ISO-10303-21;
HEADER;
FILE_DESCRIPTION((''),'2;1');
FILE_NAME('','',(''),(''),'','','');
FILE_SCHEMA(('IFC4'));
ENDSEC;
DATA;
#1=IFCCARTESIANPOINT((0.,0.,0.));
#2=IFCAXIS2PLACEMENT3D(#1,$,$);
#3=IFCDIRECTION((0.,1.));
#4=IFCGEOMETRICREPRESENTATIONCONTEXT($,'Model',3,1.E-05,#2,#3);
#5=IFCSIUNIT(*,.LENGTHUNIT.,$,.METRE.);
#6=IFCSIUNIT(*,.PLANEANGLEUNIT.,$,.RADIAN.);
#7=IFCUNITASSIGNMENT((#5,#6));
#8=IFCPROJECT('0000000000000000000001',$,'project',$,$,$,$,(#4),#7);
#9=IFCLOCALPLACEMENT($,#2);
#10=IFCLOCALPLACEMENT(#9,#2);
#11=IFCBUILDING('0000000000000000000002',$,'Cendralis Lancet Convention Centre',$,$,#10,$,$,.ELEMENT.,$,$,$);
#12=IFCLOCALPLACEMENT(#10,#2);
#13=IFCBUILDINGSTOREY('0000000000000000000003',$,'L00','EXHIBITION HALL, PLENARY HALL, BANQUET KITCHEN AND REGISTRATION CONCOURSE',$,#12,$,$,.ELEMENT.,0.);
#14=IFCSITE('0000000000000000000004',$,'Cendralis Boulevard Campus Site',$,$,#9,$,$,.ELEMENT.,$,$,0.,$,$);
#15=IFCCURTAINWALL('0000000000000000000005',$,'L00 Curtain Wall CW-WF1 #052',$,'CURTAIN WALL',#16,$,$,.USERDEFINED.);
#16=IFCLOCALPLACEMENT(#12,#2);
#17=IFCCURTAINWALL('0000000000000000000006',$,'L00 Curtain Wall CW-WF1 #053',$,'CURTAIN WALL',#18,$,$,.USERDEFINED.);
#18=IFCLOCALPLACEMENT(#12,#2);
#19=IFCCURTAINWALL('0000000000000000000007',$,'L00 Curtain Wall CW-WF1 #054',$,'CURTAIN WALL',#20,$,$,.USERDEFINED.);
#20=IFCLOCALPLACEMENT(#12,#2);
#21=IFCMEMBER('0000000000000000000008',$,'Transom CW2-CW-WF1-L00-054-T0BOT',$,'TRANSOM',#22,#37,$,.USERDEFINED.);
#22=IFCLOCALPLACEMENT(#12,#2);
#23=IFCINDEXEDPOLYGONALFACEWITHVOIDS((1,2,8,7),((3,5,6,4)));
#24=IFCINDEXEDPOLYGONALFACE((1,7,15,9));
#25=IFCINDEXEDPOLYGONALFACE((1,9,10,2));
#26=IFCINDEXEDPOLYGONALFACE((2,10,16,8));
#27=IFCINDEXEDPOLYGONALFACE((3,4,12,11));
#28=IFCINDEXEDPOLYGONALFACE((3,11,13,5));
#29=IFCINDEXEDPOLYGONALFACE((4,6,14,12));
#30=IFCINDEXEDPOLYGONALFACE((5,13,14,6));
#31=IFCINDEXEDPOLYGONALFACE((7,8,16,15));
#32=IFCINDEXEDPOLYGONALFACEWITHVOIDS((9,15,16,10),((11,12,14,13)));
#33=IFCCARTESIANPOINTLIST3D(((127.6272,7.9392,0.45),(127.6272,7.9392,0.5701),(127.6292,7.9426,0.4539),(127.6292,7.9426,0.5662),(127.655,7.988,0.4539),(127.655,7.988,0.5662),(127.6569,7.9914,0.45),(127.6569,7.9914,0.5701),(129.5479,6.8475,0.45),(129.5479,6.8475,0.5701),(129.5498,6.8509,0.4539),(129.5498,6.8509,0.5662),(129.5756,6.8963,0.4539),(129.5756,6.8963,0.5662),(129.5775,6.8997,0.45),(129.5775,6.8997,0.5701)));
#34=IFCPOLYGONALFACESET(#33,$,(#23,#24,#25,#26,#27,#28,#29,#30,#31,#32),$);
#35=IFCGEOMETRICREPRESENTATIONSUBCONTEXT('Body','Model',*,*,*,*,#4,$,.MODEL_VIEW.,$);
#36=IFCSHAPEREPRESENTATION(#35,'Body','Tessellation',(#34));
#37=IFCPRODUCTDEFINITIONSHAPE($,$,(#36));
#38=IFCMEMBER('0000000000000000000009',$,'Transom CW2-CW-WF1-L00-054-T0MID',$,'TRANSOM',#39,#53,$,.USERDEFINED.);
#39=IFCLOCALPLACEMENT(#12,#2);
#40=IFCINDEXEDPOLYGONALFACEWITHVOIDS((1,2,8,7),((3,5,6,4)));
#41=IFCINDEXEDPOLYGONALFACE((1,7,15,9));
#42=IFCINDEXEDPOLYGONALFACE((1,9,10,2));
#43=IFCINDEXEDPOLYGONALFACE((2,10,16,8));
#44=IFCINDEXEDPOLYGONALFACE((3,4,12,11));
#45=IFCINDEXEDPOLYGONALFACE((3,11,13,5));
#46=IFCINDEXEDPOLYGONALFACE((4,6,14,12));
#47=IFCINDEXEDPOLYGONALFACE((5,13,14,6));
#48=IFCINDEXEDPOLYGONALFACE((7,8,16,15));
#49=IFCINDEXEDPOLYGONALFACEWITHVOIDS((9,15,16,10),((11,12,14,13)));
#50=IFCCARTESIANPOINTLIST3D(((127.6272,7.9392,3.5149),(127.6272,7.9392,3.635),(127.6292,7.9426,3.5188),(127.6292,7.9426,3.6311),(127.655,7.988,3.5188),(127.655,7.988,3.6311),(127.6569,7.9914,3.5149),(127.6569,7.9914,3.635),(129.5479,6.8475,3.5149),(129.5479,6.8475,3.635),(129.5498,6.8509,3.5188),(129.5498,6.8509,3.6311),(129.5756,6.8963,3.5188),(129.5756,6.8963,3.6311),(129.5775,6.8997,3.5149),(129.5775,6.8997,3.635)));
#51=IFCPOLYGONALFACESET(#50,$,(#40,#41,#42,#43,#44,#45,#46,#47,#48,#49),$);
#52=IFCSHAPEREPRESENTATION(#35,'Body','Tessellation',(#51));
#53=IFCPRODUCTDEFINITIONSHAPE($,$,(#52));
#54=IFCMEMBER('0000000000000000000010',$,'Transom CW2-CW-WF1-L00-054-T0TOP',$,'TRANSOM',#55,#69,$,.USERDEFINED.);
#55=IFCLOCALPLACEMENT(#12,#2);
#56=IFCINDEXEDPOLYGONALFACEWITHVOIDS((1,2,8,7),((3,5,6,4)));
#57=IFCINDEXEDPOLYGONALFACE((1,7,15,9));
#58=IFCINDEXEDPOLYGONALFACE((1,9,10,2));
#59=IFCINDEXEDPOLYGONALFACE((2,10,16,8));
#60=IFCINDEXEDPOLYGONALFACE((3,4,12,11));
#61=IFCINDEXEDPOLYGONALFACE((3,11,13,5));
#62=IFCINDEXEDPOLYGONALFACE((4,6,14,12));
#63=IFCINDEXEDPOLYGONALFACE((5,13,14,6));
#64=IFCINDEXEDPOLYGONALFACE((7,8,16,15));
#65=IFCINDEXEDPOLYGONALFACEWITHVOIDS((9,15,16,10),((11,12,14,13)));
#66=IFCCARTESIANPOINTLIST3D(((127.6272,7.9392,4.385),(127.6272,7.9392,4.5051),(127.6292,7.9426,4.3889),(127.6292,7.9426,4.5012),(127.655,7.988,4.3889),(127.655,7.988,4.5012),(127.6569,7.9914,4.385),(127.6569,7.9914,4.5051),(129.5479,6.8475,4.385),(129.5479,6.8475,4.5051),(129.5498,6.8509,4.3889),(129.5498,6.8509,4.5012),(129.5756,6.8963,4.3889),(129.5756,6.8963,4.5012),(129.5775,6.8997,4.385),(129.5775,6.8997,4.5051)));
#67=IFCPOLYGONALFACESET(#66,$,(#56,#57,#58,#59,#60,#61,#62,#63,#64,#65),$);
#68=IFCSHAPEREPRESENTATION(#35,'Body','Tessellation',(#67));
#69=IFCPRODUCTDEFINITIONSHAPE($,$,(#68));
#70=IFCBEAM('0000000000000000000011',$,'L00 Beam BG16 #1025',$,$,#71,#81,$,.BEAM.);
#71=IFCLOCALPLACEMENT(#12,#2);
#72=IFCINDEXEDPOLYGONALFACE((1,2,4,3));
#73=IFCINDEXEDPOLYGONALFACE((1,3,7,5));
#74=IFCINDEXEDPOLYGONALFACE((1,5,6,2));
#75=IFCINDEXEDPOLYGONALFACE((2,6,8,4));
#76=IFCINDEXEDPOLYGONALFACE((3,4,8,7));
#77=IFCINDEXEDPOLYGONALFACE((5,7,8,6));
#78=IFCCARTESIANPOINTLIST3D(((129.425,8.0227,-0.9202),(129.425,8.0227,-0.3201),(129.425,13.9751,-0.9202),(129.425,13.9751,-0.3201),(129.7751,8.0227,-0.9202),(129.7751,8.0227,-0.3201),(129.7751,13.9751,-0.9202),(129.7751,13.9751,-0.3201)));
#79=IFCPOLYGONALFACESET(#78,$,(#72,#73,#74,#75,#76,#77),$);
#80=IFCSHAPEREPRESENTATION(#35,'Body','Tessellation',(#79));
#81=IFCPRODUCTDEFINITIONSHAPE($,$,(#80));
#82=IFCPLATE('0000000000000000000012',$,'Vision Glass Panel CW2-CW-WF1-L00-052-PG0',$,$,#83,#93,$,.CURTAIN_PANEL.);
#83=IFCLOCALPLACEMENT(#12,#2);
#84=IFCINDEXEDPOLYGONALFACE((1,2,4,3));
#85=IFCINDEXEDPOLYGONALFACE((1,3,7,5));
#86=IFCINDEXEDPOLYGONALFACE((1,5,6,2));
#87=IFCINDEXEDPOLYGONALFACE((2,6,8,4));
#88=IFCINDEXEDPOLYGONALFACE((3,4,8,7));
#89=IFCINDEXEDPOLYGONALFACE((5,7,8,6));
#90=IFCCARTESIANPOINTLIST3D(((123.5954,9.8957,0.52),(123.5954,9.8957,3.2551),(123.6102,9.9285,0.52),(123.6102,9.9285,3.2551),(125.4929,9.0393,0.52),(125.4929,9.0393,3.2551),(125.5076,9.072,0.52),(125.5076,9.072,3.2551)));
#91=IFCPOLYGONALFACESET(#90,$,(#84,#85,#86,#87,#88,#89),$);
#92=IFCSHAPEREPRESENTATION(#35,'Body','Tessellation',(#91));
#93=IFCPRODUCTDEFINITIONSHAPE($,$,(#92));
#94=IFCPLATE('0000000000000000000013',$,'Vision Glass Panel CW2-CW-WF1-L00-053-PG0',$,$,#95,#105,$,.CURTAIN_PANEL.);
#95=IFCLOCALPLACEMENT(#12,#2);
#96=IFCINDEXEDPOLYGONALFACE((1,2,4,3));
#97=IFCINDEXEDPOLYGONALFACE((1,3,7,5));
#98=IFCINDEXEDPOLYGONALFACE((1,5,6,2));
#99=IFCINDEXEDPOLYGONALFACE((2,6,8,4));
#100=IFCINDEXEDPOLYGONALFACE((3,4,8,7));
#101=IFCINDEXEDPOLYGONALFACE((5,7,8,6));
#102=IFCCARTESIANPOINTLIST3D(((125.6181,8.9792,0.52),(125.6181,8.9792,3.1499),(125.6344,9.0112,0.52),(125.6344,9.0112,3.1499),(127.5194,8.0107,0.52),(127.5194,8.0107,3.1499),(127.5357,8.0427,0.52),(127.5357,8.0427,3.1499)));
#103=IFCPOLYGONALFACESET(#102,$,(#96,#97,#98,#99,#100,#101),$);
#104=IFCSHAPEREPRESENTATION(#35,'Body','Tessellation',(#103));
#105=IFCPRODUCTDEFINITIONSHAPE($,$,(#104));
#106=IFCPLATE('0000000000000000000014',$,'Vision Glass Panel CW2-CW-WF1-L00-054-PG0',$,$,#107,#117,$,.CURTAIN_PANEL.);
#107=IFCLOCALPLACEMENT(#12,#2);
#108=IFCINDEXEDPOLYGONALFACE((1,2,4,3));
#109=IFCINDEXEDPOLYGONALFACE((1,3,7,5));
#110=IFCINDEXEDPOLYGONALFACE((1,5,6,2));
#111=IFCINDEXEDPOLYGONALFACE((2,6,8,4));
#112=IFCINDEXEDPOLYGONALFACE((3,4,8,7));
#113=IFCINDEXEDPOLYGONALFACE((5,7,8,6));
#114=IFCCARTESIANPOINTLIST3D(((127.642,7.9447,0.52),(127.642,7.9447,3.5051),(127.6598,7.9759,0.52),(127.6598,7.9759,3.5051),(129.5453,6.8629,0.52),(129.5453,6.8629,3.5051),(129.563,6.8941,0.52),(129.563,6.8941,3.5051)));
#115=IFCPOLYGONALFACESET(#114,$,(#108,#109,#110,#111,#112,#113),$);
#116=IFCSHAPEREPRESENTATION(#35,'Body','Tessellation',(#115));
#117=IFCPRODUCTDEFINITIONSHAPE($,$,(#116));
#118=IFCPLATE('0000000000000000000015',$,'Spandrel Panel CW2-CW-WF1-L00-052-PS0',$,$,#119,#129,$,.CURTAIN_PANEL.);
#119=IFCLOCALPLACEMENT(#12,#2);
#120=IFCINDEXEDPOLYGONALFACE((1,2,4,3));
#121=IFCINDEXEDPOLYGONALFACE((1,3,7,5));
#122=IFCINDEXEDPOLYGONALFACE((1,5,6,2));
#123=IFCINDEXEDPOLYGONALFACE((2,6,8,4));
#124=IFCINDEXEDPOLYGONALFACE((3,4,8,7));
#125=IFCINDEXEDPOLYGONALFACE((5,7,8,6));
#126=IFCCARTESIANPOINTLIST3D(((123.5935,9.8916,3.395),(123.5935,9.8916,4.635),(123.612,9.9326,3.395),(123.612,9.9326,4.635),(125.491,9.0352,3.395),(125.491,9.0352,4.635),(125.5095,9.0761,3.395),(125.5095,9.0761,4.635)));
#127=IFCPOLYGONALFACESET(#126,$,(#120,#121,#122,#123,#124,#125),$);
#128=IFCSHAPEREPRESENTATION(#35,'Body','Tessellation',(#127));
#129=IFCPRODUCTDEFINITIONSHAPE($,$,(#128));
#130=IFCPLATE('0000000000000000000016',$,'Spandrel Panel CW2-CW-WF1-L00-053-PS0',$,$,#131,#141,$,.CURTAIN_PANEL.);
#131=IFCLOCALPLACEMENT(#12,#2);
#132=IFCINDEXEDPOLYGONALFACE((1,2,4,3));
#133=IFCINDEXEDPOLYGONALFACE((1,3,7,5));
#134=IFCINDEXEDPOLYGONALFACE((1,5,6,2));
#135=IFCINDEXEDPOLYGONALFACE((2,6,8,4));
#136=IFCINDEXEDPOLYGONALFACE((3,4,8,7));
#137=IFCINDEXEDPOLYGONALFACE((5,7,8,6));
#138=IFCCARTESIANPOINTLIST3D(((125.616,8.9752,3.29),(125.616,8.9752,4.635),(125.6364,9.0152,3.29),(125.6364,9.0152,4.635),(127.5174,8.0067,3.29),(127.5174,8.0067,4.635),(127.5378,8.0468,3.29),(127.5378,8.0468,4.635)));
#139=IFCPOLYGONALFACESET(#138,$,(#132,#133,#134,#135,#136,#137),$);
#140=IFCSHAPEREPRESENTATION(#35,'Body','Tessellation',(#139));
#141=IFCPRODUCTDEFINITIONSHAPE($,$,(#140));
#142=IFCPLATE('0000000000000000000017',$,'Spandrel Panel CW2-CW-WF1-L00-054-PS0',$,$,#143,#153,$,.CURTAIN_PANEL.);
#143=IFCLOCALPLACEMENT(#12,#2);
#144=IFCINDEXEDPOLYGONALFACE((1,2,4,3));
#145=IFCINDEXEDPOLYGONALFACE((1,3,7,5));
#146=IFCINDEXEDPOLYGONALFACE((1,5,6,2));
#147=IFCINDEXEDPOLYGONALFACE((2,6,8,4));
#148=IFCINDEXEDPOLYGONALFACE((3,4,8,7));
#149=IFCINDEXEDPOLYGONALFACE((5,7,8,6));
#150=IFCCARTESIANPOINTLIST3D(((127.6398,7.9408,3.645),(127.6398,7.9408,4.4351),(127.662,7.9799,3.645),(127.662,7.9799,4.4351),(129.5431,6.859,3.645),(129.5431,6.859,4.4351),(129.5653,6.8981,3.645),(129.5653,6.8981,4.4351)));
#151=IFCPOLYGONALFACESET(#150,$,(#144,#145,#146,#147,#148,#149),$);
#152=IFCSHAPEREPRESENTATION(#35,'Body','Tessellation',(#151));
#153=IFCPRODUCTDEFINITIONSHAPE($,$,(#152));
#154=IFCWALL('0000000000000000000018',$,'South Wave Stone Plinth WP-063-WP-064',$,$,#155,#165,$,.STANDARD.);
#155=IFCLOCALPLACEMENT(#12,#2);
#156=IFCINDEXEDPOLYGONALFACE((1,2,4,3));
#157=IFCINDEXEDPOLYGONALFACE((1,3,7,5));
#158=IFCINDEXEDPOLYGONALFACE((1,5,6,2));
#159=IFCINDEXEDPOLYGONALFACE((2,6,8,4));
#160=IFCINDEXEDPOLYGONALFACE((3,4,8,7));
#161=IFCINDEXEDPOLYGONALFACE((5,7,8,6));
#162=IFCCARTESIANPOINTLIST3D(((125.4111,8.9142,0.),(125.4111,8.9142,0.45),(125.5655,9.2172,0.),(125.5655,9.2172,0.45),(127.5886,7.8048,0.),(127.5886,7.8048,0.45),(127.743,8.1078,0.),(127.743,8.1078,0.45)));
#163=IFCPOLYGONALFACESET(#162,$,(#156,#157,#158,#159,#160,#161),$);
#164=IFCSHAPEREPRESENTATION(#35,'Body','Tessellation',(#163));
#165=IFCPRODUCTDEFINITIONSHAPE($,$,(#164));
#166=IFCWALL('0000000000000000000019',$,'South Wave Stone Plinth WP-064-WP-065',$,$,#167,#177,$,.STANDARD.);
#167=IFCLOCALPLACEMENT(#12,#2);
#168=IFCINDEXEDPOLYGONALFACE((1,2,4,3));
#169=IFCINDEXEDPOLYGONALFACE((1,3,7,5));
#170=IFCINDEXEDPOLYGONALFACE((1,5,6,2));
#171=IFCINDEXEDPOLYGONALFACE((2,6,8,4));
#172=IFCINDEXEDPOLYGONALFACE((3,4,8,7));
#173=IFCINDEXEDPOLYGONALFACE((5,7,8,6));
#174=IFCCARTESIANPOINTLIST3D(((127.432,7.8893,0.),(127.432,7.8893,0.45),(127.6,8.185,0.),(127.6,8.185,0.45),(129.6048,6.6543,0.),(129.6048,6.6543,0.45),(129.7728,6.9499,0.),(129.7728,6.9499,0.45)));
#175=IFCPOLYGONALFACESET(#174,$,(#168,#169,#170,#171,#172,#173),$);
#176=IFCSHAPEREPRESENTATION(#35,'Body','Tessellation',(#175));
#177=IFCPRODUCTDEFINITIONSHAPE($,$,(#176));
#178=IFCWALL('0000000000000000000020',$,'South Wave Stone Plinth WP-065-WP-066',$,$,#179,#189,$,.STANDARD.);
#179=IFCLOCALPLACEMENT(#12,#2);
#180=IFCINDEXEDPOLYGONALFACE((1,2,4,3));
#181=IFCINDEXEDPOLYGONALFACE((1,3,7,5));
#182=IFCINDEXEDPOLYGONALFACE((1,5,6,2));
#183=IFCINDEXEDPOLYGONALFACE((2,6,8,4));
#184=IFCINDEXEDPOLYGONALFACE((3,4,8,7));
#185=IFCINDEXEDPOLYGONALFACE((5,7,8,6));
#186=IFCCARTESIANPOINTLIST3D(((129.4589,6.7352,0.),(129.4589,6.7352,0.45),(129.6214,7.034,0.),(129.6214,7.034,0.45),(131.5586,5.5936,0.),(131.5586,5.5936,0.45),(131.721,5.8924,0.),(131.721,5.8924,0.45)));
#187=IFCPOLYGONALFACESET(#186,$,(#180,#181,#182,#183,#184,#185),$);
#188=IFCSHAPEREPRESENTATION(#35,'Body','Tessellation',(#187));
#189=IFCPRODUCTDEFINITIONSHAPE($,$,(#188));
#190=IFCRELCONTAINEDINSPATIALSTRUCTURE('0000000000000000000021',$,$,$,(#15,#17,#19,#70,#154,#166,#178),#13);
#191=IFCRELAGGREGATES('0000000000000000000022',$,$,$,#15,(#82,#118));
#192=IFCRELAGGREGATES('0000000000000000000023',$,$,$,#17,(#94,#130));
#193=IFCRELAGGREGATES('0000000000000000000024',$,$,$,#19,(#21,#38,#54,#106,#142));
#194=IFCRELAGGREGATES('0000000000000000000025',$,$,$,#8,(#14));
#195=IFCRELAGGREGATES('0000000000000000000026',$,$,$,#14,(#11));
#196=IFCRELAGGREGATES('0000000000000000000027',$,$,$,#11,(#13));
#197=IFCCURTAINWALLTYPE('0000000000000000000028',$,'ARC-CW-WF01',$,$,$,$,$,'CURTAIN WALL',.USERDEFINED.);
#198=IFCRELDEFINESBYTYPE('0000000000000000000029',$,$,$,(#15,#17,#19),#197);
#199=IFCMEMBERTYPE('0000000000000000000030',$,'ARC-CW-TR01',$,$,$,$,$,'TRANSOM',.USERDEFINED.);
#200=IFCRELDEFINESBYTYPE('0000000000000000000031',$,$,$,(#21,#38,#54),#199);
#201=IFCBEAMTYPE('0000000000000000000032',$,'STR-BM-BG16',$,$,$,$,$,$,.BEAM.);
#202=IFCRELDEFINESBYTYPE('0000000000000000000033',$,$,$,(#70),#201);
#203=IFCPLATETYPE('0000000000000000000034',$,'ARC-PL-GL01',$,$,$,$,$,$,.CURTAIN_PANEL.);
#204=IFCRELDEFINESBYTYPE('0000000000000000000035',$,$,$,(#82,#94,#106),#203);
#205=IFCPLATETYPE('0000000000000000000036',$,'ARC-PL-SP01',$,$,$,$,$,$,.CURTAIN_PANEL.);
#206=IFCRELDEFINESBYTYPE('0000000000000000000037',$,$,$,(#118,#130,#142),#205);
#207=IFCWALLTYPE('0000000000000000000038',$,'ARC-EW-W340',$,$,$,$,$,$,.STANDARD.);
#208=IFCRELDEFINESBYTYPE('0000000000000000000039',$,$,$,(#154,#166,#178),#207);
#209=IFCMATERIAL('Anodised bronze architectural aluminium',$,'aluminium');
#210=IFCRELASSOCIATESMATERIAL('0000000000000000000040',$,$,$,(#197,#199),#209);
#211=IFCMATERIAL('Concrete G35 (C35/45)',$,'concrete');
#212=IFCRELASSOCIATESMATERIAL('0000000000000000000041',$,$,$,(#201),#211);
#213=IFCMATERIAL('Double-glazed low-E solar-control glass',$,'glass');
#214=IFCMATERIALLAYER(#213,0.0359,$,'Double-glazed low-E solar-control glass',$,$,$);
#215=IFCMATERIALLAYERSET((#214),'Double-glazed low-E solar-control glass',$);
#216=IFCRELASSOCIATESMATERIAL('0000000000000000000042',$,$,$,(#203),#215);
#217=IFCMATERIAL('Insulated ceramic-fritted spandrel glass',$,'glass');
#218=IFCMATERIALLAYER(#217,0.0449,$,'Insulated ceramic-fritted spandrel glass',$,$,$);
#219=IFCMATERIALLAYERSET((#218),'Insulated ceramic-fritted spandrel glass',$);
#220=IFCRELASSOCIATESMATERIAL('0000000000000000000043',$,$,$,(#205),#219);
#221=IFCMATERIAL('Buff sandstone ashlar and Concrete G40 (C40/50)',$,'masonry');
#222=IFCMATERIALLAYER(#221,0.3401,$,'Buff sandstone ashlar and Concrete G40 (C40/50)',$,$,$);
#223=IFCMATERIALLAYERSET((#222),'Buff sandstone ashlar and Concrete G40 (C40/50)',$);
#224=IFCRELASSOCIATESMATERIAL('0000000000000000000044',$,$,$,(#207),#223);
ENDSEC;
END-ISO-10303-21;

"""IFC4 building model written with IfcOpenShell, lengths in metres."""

from ifc_helpers import new_model, si_unit, direction, frame, frame_2d, origin, origin_2d, place, context, subcontext, project, spatial, rectangle, hollow_rectangle, extrude, material, layer, layer_set, material_profile, profile_set, type_object, element, aggregate, save


model = new_model("IFC4")

# Units and contexts
model_context = context("Model", 3, precision=1e-05, world=origin(), true_north=direction((0.0, 1.0)))
body_context = subcontext(model_context, "Body", "Model", "MODEL_VIEW")
ifc_project = project(units=[si_unit("LENGTHUNIT", "METRE"), si_unit("PLANEANGLEUNIT", "RADIAN")], contexts=[model_context])

# Site, building, storey
site_placement = place(None, origin())
site = spatial("IfcSite", under=ifc_project, at=site_placement, Name="Cendralis Boulevard Campus Site", CompositionType="ELEMENT", RefElevation=0.0)
building_placement = place(site_placement, origin())
building = spatial("IfcBuilding", under=site, at=building_placement, Name="Cendralis Lancet Convention Centre", CompositionType="ELEMENT")
storey_placement = place(building_placement, origin())
storey = spatial("IfcBuildingStorey", under=building, at=storey_placement, Name="L00", Description="EXHIBITION HALL, PLENARY HALL, BANQUET KITCHEN AND REGISTRATION CONCOURSE", CompositionType="ELEMENT", Elevation=0.0)

# Shared definitions
ifc_material_1 = material(Name="Concrete G35 (C35/45)", Category="concrete")

# Curtain walls
ifc_material_2 = material(Name="Anodised bronze architectural aluminium", Category="aluminium")
curtain_wall_type = type_object("IfcCurtainWallType", Name="ARC-CW-WF01", ElementType="CURTAIN WALL", PredefinedType="USERDEFINED", material=ifc_material_2)
curtain_wall_1_placement = place(storey_placement, origin())
curtain_wall_1 = element("IfcCurtainWall", 1, at=curtain_wall_1_placement, inside=storey, type_object=curtain_wall_type, Name="L00 Curtain Wall CW-WF1 #052", ObjectType="CURTAIN WALL", PredefinedType="USERDEFINED")
curtain_wall_2_placement = place(storey_placement, origin())
curtain_wall_2 = element("IfcCurtainWall", 2, at=curtain_wall_2_placement, inside=storey, type_object=curtain_wall_type, Name="L00 Curtain Wall CW-WF1 #053", ObjectType="CURTAIN WALL", PredefinedType="USERDEFINED")
curtain_wall_3_placement = place(storey_placement, origin())
curtain_wall_3 = element("IfcCurtainWall", 3, at=curtain_wall_3_placement, inside=storey, type_object=curtain_wall_type, Name="L00 Curtain Wall CW-WF1 #054", ObjectType="CURTAIN WALL", PredefinedType="USERDEFINED")

# Members
ifc_material_profile_1 = material_profile(ifc_material_2, hollow_rectangle(XDim=0.0601, YDim=0.1201, WallThickness=0.0039, at=origin_2d()), Name="AL-TRAN 60x120x4.0")
ifc_profile_set_1 = profile_set([ifc_material_profile_1], Name="Anodised bronze architectural aluminium")
member_type_1 = type_object("IfcMemberType", Name="ARC-CW-TR01", ElementType="TRANSOM", PredefinedType="USERDEFINED", material=ifc_profile_set_1)
member_1_placement = place(storey_placement, frame((127.6421, 7.9653, 0.51), z_axis=(0.869356, -0.494186, 0.0), x_axis=(0.494186, 0.869356, 0.0)))
member_1 = element("IfcMember", 4, at=member_1_placement, type_object=member_type_1, Name="Transom CW2-CW-WF1-L00-054-T0BOT", ObjectType="TRANSOM", PredefinedType="USERDEFINED", context=body_context, shape_type="SweptSolid", body=[
    extrude(hollow_rectangle(XDim=0.0601, YDim=0.1201, WallThickness=0.0039, at=origin_2d()), origin(), (0.0, 0.0, 1.0), 2.2092),
])
member_2_placement = place(storey_placement, frame((127.6421, 7.9653, 3.575), z_axis=(0.869356, -0.494186, 0.0), x_axis=(0.494186, 0.869356, 0.0)))
member_2 = element("IfcMember", 5, at=member_2_placement, type_object=member_type_1, Name="Transom CW2-CW-WF1-L00-054-T0MID", ObjectType="TRANSOM", PredefinedType="USERDEFINED", context=body_context, shape_type="SweptSolid", body=[
    extrude(hollow_rectangle(XDim=0.0601, YDim=0.1201, WallThickness=0.0039, at=origin_2d()), origin(), (0.0, 0.0, 1.0), 2.2092),
])
member_3_placement = place(storey_placement, frame((127.6421, 7.9653, 4.4451), z_axis=(0.869356, -0.494186, 0.0), x_axis=(0.494186, 0.869356, 0.0)))
member_3 = element("IfcMember", 6, at=member_3_placement, type_object=member_type_1, Name="Transom CW2-CW-WF1-L00-054-T0TOP", ObjectType="TRANSOM", PredefinedType="USERDEFINED", context=body_context, shape_type="SweptSolid", body=[
    extrude(hollow_rectangle(XDim=0.0601, YDim=0.1201, WallThickness=0.0039, at=origin_2d()), origin(), (0.0, 0.0, 1.0), 2.2092),
])

# Beam
ifc_material_profile_2 = material_profile(ifc_material_1, rectangle(XDim=0.3501, YDim=0.6001, at=origin_2d()), Name="RCB 350x600")
ifc_profile_set_2 = profile_set([ifc_material_profile_2], Name="Concrete G35 (C35/45)")
beam_type = type_object("IfcBeamType", Name="STR-BM-BG16", PredefinedType="BEAM", material=ifc_profile_set_2)
beam_placement = place(storey_placement, frame((129.6001, 8.0227, -0.6201), z_axis=(0.0, 1.0, 0.0), x_axis=(-1.0, 0.0, 0.0)))
element("IfcBeam", 7, at=beam_placement, inside=storey, type_object=beam_type, Name="L00 Beam BG16 #1025", PredefinedType="BEAM", context=body_context, shape_type="SweptSolid", body=[
    extrude(rectangle(XDim=0.3501, YDim=0.6001, at=origin_2d()), origin(), (0.0, 0.0, 1.0), 5.9524),
])

# Plates
ifc_material_3 = material(Name="Double-glazed low-E solar-control glass", Category="glass")
ifc_layer_1 = layer(ifc_material_3, 0.0359, Name="Double-glazed low-E solar-control glass")
ifc_layer_set_1 = layer_set([ifc_layer_1], Name="Double-glazed low-E solar-control glass")
plate_type_1 = type_object("IfcPlateType", Name="ARC-PL-GL01", PredefinedType="CURTAIN_PANEL", material=ifc_layer_set_1)
plate_1_placement = place(storey_placement, frame((124.5515, 9.4839, 0.52), z_axis=(0.0, 0.0, 1.0), x_axis=(0.911458, -0.411394, 0.0)))
plate_1 = element("IfcPlate", 8, at=plate_1_placement, type_object=plate_type_1, Name="Vision Glass Panel CW2-CW-WF1-L00-052-PG0", PredefinedType="CURTAIN_PANEL", context=body_context, shape_type="SweptSolid", body=[
    extrude(rectangle(XDim=2.0818, YDim=0.0359, at=origin_2d()), origin(), (0.0, 0.0, 1.0), 2.7351),
])
plate_2_placement = place(storey_placement, frame((126.5769, 8.511, 0.52), z_axis=(0.0, 0.0, 1.0), x_axis=(0.89106, -0.453886, 0.0)))
plate_2 = element("IfcPlate", 9, at=plate_2_placement, type_object=plate_type_1, Name="Vision Glass Panel CW2-CW-WF1-L00-053-PG0", PredefinedType="CURTAIN_PANEL", context=body_context, shape_type="SweptSolid", body=[
    extrude(rectangle(XDim=2.1338, YDim=0.0359, at=origin_2d()), origin(), (0.0, 0.0, 1.0), 2.6299),
])
plate_3_placement = place(storey_placement, frame((128.6025, 7.4194, 0.52), z_axis=(0.0, 0.0, 1.0), x_axis=(0.869377, -0.49415, 0.0)))
plate_3 = element("IfcPlate", 10, at=plate_3_placement, type_object=plate_type_1, Name="Vision Glass Panel CW2-CW-WF1-L00-054-PG0", PredefinedType="CURTAIN_PANEL", context=body_context, shape_type="SweptSolid", body=[
    extrude(rectangle(XDim=2.1892, YDim=0.0359, at=origin_2d()), origin(), (0.0, 0.0, 1.0), 2.9851),
])
ifc_material_4 = material(Name="Insulated ceramic-fritted spandrel glass", Category="glass")
ifc_layer_2 = layer(ifc_material_4, 0.0449, Name="Insulated ceramic-fritted spandrel glass")
ifc_layer_set_2 = layer_set([ifc_layer_2], Name="Insulated ceramic-fritted spandrel glass")
plate_type_2 = type_object("IfcPlateType", Name="ARC-PL-SP01", PredefinedType="CURTAIN_PANEL", material=ifc_layer_set_2)
plate_4_placement = place(storey_placement, frame((124.5515, 9.4839, 3.395), z_axis=(0.0, 0.0, 1.0), x_axis=(0.911458, -0.411394, 0.0)))
plate_4 = element("IfcPlate", 11, at=plate_4_placement, type_object=plate_type_2, Name="Spandrel Panel CW2-CW-WF1-L00-052-PS0", PredefinedType="CURTAIN_PANEL", context=body_context, shape_type="SweptSolid", body=[
    extrude(rectangle(XDim=2.0818, YDim=0.0449, at=origin_2d()), origin(), (0.0, 0.0, 1.0), 1.24),
])
aggregate(curtain_wall_1, [plate_1, plate_4])
plate_5_placement = place(storey_placement, frame((126.5769, 8.511, 3.29), z_axis=(0.0, 0.0, 1.0), x_axis=(0.89106, -0.453886, 0.0)))
plate_5 = element("IfcPlate", 12, at=plate_5_placement, type_object=plate_type_2, Name="Spandrel Panel CW2-CW-WF1-L00-053-PS0", PredefinedType="CURTAIN_PANEL", context=body_context, shape_type="SweptSolid", body=[
    extrude(rectangle(XDim=2.1338, YDim=0.0449, at=origin_2d()), origin(), (0.0, 0.0, 1.0), 1.345),
])
aggregate(curtain_wall_2, [plate_2, plate_5])
plate_6_placement = place(storey_placement, frame((128.6025, 7.4194, 3.645), z_axis=(0.0, 0.0, 1.0), x_axis=(0.869377, -0.49415, 0.0)))
plate_6 = element("IfcPlate", 13, at=plate_6_placement, type_object=plate_type_2, Name="Spandrel Panel CW2-CW-WF1-L00-054-PS0", PredefinedType="CURTAIN_PANEL", context=body_context, shape_type="SweptSolid", body=[
    extrude(rectangle(XDim=2.1892, YDim=0.0449, at=origin_2d()), origin(), (0.0, 0.0, 1.0), 0.79),
])
aggregate(curtain_wall_3, [member_1, member_2, member_3, plate_3, plate_6])

# Walls
ifc_material_5 = material(Name="Buff sandstone ashlar and Concrete G40 (C40/50)", Category="masonry")
ifc_layer_3 = layer(ifc_material_5, 0.3401, Name="Buff sandstone ashlar and Concrete G40 (C40/50)")
ifc_layer_set_3 = layer_set([ifc_layer_3], Name="Buff sandstone ashlar and Concrete G40 (C40/50)")
wall_type = type_object("IfcWallType", Name="ARC-EW-W340", PredefinedType="STANDARD", material=ifc_layer_set_3)
wall_1_placement = place(storey_placement, frame((125.4883, 9.0657, 0.0), z_axis=(0.0, 0.0, 1.0), x_axis=(0.891025, -0.453954, 0.0)))
element("IfcWall", 14, at=wall_1_placement, inside=storey, type_object=wall_type, Name="South Wave Stone Plinth WP-063-WP-064", PredefinedType="STANDARD", context=body_context, shape_type="SweptSolid", body=[
    extrude(rectangle(XDim=2.4438, YDim=0.3401, at=frame_2d((1.2219, 0.0))), origin(), (0.0, 0.0, 1.0), 0.45),
])
wall_2_placement = place(storey_placement, frame((127.5161, 8.0371, 0.0), z_axis=(0.0, 0.0, 1.0), x_axis=(0.869365, -0.494171, 0.0)))
element("IfcWall", 15, at=wall_2_placement, inside=storey, type_object=wall_type, Name="South Wave Stone Plinth WP-064-WP-065", PredefinedType="STANDARD", context=body_context, shape_type="SweptSolid", body=[
    extrude(rectangle(XDim=2.4993, YDim=0.3401, at=frame_2d((1.2495, 0.0))), origin(), (0.0, 0.0, 1.0), 0.45),
])
wall_3_placement = place(storey_placement, frame((129.5403, 6.8845, 0.0), z_axis=(0.0, 0.0, 1.0), x_axis=(0.878535, -0.477678, 0.0)))
element("IfcWall", 16, at=wall_3_placement, inside=storey, type_object=wall_type, Name="South Wave Stone Plinth WP-065-WP-066", PredefinedType="STANDARD", context=body_context, shape_type="SweptSolid", body=[
    extrude(rectangle(XDim=2.3899, YDim=0.3401, at=frame_2d((1.1948, 0.0))), origin(), (0.0, 0.0, 1.0), 0.45),
])

save(model, "model.ifc")
